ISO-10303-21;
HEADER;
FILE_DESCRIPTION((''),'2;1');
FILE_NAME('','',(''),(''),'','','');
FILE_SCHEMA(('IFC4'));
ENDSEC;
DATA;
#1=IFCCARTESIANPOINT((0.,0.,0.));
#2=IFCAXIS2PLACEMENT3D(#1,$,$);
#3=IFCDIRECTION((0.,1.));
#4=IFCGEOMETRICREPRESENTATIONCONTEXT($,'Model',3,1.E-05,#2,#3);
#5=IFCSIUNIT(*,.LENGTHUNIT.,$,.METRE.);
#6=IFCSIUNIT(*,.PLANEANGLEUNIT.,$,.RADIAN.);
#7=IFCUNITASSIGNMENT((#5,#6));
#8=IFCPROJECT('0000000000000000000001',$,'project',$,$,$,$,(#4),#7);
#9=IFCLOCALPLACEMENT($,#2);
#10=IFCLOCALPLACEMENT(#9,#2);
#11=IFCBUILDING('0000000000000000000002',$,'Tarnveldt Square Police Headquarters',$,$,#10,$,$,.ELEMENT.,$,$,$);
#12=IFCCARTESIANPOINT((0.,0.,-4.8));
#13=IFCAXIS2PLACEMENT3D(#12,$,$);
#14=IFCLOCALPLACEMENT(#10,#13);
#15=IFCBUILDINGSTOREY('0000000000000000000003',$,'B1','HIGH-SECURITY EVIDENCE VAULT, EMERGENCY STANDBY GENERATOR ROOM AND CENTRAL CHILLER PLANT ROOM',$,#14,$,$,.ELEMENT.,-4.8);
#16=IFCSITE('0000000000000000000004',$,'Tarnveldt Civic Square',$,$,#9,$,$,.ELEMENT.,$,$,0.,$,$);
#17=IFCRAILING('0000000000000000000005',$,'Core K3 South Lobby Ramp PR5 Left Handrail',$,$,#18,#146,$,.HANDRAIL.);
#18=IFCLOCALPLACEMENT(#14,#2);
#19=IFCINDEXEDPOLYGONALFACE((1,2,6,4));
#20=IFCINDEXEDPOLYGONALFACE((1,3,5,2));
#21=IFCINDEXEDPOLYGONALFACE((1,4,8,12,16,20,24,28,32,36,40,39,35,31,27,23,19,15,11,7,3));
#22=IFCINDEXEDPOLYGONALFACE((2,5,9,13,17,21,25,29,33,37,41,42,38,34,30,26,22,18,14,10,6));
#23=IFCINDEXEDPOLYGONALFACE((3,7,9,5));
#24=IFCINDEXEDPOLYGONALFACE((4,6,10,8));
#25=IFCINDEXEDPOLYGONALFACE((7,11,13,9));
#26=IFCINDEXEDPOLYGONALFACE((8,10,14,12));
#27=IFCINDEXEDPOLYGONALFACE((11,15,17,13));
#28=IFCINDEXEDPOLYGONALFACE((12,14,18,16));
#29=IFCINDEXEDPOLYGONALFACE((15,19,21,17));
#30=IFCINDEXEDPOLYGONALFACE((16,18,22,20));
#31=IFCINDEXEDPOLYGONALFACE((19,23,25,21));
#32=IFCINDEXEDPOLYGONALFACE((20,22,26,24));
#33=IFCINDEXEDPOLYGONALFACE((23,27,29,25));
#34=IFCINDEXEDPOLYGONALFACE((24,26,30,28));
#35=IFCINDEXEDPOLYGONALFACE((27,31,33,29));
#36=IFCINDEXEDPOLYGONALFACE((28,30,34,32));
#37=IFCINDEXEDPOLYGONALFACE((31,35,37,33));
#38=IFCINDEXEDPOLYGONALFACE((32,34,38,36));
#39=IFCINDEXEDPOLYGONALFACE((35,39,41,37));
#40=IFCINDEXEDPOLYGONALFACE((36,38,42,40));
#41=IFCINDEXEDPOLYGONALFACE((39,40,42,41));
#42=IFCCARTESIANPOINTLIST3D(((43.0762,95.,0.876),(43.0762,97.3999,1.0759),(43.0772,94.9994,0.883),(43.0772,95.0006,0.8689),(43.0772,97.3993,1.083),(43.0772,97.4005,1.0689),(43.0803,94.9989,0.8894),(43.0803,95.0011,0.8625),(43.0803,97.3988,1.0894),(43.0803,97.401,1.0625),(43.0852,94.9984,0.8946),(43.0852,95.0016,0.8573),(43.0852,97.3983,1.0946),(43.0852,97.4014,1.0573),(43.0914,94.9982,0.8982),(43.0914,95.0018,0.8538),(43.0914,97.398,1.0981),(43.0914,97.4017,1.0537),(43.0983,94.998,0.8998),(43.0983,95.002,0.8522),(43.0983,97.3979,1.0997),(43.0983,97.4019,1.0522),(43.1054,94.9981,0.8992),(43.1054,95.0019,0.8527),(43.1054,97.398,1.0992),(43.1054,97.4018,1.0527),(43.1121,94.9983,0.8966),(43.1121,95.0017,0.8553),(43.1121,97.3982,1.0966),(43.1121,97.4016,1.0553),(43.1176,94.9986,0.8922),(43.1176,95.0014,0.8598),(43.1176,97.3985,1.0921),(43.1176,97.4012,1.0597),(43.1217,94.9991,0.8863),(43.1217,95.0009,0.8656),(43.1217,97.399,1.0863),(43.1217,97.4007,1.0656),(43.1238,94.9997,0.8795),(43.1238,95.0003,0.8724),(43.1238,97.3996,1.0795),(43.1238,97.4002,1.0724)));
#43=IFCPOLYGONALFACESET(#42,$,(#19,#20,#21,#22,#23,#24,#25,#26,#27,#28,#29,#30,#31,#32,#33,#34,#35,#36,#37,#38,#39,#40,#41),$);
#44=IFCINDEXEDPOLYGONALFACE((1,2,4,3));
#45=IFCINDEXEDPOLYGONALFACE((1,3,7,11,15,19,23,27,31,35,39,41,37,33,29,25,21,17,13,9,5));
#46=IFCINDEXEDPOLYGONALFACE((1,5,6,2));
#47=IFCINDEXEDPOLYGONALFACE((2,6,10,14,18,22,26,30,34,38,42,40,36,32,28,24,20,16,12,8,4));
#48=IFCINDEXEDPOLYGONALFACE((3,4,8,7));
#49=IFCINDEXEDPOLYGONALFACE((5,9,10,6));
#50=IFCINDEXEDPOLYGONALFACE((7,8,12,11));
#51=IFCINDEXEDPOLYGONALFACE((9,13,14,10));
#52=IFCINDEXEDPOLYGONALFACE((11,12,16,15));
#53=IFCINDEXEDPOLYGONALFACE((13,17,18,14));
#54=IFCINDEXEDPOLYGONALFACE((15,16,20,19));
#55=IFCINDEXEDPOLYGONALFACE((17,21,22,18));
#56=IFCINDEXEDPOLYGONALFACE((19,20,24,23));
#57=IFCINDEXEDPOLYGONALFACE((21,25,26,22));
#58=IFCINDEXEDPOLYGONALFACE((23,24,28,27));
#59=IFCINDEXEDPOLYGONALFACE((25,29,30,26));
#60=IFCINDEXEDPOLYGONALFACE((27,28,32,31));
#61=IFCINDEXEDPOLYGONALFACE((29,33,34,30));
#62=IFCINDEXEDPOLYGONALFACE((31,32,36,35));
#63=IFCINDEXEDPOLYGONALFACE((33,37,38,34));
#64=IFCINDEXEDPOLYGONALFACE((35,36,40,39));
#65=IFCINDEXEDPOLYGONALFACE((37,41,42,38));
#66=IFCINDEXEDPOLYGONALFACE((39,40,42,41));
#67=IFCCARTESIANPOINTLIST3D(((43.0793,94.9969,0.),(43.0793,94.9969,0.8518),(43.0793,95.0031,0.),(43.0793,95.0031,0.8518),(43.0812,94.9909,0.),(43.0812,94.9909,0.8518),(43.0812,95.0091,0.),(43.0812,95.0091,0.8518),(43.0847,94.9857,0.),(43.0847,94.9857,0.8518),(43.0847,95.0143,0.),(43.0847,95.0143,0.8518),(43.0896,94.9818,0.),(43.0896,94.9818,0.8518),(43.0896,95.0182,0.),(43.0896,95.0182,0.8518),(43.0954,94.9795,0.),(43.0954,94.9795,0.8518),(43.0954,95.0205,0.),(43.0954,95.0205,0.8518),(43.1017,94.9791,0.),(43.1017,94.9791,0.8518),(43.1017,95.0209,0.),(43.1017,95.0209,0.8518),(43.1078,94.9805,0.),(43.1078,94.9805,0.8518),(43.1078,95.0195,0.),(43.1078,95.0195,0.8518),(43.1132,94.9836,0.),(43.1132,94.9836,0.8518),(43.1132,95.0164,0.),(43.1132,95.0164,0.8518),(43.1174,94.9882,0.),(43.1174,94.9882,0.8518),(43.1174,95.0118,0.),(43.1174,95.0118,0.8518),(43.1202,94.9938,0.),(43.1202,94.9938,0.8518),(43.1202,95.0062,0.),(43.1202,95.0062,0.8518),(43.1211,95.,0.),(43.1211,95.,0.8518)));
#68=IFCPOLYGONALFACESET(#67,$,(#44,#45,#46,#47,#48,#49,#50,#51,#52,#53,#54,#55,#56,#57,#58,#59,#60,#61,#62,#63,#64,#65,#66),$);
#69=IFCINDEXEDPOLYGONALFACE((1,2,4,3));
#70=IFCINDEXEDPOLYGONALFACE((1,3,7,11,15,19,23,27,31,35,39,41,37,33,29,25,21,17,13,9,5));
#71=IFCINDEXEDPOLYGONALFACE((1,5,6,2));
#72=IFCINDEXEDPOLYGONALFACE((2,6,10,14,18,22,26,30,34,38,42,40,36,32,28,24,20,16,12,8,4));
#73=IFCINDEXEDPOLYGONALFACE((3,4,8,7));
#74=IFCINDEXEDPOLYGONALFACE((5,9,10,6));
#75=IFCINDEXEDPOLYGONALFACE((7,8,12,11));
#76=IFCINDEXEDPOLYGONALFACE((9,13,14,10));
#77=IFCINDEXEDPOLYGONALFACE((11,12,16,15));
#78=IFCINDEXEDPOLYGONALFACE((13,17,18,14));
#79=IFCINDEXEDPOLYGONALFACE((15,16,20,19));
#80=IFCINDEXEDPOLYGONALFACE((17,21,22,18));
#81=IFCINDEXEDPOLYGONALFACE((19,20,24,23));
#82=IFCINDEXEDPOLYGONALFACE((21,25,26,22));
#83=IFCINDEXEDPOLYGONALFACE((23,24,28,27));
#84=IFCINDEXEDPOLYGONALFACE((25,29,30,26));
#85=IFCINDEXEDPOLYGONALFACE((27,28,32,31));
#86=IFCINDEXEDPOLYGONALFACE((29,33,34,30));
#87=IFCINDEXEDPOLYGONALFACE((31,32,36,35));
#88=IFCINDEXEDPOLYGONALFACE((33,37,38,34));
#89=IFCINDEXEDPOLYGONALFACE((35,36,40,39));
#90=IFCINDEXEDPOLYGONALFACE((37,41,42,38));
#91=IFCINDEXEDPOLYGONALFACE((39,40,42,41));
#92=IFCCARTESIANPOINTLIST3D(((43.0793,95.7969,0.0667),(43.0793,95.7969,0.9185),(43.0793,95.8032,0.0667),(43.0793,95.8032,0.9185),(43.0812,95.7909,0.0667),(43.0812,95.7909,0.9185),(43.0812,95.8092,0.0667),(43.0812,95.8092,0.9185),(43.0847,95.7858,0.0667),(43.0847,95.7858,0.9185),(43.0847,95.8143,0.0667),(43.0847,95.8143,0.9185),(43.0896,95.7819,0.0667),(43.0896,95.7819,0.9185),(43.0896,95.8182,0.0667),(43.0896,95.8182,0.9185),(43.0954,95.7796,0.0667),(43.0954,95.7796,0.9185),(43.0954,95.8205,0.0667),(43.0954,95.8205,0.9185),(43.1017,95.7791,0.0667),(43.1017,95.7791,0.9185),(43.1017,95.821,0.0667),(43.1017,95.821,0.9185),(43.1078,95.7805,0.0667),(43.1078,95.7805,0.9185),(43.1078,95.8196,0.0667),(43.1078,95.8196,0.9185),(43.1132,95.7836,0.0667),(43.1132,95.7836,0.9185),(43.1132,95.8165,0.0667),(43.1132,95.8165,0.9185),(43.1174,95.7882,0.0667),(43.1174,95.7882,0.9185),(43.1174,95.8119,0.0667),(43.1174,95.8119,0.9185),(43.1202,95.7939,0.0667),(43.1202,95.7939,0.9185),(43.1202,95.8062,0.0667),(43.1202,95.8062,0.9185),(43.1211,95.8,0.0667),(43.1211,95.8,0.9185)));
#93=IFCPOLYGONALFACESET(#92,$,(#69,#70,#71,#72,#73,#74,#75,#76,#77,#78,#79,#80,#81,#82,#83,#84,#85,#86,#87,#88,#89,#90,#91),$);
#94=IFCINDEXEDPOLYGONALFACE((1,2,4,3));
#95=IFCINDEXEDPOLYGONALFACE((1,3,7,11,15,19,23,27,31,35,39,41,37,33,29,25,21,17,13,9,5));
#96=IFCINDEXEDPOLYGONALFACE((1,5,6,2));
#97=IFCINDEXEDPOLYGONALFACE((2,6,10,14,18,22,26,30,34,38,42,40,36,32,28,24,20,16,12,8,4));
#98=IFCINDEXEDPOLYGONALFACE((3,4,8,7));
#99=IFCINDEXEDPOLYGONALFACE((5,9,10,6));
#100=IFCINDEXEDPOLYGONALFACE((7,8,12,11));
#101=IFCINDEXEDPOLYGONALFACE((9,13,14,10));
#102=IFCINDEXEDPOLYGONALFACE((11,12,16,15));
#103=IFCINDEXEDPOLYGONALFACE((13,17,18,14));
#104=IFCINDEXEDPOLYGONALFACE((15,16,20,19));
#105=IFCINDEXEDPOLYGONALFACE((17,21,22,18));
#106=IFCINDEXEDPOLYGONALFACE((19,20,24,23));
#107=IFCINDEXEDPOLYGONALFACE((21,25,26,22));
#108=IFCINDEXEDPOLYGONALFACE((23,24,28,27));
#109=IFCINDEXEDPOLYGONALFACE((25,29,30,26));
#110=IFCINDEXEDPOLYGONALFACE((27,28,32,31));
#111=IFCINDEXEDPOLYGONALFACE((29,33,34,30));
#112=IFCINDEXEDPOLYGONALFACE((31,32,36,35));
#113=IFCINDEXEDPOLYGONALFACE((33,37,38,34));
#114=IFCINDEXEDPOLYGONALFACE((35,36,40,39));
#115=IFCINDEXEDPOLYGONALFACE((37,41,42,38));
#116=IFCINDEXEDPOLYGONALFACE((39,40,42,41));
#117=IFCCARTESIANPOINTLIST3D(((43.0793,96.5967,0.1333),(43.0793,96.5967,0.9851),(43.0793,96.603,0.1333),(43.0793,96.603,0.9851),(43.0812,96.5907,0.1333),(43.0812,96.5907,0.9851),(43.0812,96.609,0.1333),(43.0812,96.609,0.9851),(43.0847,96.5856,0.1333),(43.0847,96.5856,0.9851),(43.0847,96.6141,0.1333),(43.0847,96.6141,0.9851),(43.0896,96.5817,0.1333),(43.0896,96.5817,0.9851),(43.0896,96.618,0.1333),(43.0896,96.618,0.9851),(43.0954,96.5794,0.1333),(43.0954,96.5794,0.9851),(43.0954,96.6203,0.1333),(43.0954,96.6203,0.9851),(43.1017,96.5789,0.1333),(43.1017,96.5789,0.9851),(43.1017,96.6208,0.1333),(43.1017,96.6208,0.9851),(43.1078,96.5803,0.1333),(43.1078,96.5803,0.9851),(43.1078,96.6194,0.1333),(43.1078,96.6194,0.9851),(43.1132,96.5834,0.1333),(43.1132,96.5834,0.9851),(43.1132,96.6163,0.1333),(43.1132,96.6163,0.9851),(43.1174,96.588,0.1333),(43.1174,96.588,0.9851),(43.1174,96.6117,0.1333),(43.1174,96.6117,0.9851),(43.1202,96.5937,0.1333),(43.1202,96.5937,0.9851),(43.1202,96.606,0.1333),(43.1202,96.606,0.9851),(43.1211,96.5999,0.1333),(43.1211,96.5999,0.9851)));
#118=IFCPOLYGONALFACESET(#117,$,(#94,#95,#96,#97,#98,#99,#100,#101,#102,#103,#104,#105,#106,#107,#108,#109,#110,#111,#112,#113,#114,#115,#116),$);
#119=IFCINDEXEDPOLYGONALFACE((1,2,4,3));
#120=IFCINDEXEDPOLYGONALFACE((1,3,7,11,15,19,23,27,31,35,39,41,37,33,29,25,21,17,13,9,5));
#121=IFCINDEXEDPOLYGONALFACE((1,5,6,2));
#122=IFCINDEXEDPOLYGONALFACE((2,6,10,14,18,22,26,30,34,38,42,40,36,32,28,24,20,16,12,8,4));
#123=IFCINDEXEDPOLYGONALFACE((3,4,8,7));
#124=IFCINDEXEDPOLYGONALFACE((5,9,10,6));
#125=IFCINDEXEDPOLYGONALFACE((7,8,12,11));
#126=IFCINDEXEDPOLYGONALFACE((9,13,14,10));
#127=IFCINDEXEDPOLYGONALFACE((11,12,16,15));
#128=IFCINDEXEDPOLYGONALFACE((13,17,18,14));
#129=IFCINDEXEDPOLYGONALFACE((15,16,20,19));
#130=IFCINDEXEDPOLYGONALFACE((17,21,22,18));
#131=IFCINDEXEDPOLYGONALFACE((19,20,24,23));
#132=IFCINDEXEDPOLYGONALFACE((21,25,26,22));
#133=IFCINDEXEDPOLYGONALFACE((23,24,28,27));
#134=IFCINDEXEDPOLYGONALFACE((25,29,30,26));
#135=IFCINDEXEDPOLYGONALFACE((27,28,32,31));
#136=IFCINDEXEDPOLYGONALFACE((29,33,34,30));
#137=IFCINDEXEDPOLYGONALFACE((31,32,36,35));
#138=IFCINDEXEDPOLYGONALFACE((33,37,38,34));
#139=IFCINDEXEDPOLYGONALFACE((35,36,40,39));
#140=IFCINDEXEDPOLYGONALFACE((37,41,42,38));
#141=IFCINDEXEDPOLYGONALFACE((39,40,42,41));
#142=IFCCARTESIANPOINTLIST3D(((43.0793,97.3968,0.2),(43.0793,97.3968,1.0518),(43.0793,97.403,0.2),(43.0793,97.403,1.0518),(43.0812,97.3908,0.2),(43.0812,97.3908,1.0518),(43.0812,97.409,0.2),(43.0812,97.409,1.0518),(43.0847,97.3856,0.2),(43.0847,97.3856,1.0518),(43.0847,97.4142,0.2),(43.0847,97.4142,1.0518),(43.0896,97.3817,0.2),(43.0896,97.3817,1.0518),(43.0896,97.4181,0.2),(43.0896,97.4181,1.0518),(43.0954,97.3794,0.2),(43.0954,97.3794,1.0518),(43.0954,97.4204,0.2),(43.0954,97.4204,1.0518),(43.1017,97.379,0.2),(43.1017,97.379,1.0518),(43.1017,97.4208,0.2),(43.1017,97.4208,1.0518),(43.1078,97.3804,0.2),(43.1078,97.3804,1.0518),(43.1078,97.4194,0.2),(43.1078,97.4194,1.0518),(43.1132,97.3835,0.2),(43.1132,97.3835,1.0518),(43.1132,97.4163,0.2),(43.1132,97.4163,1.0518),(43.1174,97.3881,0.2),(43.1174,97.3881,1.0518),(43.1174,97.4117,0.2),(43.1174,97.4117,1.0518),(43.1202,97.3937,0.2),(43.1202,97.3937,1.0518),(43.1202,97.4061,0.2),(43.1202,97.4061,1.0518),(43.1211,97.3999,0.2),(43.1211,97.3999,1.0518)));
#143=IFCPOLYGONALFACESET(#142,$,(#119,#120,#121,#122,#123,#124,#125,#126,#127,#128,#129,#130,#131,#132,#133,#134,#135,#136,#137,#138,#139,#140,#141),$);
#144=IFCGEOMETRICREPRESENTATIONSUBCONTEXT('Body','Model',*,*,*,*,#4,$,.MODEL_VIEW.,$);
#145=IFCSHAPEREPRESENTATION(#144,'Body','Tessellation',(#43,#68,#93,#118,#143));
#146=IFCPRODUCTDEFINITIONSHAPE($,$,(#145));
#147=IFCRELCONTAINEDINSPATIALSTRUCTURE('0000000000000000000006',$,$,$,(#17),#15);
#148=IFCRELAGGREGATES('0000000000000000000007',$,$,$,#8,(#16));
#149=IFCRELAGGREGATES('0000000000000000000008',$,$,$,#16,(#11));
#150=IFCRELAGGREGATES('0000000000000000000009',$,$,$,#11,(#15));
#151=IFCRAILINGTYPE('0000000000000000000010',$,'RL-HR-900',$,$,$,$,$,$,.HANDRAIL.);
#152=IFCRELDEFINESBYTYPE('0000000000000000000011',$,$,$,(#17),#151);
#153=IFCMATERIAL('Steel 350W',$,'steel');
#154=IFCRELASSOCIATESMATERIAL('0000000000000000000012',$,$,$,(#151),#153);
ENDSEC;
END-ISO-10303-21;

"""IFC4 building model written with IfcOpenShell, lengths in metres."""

from ifc_helpers import new_model, si_unit, direction, frame, origin, origin_2d, place, context, subcontext, project, spatial, circle, extrude, material, type_object, element, save


model = new_model("IFC4")

# Units and contexts
model_context = context("Model", 3, precision=1e-05, world=origin(), true_north=direction((0.0, 1.0)))
body_context = subcontext(model_context, "Body", "Model", "MODEL_VIEW")
ifc_project = project(units=[si_unit("LENGTHUNIT", "METRE"), si_unit("PLANEANGLEUNIT", "RADIAN")], contexts=[model_context])

# Site, building, storey
site_placement = place(None, origin())
site = spatial("IfcSite", under=ifc_project, at=site_placement, Name="Tarnveldt Civic Square", CompositionType="ELEMENT", RefElevation=0.0)
building_placement = place(site_placement, origin())
building = spatial("IfcBuilding", under=site, at=building_placement, Name="Tarnveldt Square Police Headquarters", CompositionType="ELEMENT")
storey_placement = place(building_placement, frame((0.0, 0.0, -4.8)))
storey = spatial("IfcBuildingStorey", under=building, at=storey_placement, Name="B1", Description="HIGH-SECURITY EVIDENCE VAULT, EMERGENCY STANDBY GENERATOR ROOM AND CENTRAL CHILLER PLANT ROOM", CompositionType="ELEMENT", Elevation=-4.8)

# Shared definitions
ifc_material_1 = material(Name="Steel 350W", Category="steel")

# Railing
railing_type = type_object("IfcRailingType", Name="RL-HR-900", PredefinedType="HANDRAIL", material=ifc_material_1)
for number, where, name in (
    (1, (43.1001, 95.0, 0.0), "Core K3 South Lobby Ramp PR5 Left Handrail"),
):
    element("IfcRailing", number, at=place(storey_placement, frame(where)), inside=storey, type_object=railing_type, Name=name, PredefinedType="HANDRAIL", context=body_context, shape_type="SweptSolid", body=[
        extrude(circle(Radius=0.0239, at=origin_2d()), frame((0.0, 0.0, 0.876), z_axis=(0.0, 0.996547, 0.083029), x_axis=(-1.0, 0.0, 0.0)), (0.0, 0.0, 1.0), 2.4082),
        extrude(circle(Radius=0.021, at=origin_2d()), origin(), (0.0, 0.0, 1.0), 0.8518),
        extrude(circle(Radius=0.021, at=origin_2d()), frame((0.0, 0.8, 0.0667)), (0.0, 0.0, 1.0), 0.8518),
        extrude(circle(Radius=0.021, at=origin_2d()), frame((0.0, 1.5999, 0.1333)), (0.0, 0.0, 1.0), 0.8518),
        extrude(circle(Radius=0.021, at=origin_2d()), frame((0.0, 2.3999, 0.2)), (0.0, 0.0, 1.0), 0.8518),
    ])

save(model, "model.ifc")
